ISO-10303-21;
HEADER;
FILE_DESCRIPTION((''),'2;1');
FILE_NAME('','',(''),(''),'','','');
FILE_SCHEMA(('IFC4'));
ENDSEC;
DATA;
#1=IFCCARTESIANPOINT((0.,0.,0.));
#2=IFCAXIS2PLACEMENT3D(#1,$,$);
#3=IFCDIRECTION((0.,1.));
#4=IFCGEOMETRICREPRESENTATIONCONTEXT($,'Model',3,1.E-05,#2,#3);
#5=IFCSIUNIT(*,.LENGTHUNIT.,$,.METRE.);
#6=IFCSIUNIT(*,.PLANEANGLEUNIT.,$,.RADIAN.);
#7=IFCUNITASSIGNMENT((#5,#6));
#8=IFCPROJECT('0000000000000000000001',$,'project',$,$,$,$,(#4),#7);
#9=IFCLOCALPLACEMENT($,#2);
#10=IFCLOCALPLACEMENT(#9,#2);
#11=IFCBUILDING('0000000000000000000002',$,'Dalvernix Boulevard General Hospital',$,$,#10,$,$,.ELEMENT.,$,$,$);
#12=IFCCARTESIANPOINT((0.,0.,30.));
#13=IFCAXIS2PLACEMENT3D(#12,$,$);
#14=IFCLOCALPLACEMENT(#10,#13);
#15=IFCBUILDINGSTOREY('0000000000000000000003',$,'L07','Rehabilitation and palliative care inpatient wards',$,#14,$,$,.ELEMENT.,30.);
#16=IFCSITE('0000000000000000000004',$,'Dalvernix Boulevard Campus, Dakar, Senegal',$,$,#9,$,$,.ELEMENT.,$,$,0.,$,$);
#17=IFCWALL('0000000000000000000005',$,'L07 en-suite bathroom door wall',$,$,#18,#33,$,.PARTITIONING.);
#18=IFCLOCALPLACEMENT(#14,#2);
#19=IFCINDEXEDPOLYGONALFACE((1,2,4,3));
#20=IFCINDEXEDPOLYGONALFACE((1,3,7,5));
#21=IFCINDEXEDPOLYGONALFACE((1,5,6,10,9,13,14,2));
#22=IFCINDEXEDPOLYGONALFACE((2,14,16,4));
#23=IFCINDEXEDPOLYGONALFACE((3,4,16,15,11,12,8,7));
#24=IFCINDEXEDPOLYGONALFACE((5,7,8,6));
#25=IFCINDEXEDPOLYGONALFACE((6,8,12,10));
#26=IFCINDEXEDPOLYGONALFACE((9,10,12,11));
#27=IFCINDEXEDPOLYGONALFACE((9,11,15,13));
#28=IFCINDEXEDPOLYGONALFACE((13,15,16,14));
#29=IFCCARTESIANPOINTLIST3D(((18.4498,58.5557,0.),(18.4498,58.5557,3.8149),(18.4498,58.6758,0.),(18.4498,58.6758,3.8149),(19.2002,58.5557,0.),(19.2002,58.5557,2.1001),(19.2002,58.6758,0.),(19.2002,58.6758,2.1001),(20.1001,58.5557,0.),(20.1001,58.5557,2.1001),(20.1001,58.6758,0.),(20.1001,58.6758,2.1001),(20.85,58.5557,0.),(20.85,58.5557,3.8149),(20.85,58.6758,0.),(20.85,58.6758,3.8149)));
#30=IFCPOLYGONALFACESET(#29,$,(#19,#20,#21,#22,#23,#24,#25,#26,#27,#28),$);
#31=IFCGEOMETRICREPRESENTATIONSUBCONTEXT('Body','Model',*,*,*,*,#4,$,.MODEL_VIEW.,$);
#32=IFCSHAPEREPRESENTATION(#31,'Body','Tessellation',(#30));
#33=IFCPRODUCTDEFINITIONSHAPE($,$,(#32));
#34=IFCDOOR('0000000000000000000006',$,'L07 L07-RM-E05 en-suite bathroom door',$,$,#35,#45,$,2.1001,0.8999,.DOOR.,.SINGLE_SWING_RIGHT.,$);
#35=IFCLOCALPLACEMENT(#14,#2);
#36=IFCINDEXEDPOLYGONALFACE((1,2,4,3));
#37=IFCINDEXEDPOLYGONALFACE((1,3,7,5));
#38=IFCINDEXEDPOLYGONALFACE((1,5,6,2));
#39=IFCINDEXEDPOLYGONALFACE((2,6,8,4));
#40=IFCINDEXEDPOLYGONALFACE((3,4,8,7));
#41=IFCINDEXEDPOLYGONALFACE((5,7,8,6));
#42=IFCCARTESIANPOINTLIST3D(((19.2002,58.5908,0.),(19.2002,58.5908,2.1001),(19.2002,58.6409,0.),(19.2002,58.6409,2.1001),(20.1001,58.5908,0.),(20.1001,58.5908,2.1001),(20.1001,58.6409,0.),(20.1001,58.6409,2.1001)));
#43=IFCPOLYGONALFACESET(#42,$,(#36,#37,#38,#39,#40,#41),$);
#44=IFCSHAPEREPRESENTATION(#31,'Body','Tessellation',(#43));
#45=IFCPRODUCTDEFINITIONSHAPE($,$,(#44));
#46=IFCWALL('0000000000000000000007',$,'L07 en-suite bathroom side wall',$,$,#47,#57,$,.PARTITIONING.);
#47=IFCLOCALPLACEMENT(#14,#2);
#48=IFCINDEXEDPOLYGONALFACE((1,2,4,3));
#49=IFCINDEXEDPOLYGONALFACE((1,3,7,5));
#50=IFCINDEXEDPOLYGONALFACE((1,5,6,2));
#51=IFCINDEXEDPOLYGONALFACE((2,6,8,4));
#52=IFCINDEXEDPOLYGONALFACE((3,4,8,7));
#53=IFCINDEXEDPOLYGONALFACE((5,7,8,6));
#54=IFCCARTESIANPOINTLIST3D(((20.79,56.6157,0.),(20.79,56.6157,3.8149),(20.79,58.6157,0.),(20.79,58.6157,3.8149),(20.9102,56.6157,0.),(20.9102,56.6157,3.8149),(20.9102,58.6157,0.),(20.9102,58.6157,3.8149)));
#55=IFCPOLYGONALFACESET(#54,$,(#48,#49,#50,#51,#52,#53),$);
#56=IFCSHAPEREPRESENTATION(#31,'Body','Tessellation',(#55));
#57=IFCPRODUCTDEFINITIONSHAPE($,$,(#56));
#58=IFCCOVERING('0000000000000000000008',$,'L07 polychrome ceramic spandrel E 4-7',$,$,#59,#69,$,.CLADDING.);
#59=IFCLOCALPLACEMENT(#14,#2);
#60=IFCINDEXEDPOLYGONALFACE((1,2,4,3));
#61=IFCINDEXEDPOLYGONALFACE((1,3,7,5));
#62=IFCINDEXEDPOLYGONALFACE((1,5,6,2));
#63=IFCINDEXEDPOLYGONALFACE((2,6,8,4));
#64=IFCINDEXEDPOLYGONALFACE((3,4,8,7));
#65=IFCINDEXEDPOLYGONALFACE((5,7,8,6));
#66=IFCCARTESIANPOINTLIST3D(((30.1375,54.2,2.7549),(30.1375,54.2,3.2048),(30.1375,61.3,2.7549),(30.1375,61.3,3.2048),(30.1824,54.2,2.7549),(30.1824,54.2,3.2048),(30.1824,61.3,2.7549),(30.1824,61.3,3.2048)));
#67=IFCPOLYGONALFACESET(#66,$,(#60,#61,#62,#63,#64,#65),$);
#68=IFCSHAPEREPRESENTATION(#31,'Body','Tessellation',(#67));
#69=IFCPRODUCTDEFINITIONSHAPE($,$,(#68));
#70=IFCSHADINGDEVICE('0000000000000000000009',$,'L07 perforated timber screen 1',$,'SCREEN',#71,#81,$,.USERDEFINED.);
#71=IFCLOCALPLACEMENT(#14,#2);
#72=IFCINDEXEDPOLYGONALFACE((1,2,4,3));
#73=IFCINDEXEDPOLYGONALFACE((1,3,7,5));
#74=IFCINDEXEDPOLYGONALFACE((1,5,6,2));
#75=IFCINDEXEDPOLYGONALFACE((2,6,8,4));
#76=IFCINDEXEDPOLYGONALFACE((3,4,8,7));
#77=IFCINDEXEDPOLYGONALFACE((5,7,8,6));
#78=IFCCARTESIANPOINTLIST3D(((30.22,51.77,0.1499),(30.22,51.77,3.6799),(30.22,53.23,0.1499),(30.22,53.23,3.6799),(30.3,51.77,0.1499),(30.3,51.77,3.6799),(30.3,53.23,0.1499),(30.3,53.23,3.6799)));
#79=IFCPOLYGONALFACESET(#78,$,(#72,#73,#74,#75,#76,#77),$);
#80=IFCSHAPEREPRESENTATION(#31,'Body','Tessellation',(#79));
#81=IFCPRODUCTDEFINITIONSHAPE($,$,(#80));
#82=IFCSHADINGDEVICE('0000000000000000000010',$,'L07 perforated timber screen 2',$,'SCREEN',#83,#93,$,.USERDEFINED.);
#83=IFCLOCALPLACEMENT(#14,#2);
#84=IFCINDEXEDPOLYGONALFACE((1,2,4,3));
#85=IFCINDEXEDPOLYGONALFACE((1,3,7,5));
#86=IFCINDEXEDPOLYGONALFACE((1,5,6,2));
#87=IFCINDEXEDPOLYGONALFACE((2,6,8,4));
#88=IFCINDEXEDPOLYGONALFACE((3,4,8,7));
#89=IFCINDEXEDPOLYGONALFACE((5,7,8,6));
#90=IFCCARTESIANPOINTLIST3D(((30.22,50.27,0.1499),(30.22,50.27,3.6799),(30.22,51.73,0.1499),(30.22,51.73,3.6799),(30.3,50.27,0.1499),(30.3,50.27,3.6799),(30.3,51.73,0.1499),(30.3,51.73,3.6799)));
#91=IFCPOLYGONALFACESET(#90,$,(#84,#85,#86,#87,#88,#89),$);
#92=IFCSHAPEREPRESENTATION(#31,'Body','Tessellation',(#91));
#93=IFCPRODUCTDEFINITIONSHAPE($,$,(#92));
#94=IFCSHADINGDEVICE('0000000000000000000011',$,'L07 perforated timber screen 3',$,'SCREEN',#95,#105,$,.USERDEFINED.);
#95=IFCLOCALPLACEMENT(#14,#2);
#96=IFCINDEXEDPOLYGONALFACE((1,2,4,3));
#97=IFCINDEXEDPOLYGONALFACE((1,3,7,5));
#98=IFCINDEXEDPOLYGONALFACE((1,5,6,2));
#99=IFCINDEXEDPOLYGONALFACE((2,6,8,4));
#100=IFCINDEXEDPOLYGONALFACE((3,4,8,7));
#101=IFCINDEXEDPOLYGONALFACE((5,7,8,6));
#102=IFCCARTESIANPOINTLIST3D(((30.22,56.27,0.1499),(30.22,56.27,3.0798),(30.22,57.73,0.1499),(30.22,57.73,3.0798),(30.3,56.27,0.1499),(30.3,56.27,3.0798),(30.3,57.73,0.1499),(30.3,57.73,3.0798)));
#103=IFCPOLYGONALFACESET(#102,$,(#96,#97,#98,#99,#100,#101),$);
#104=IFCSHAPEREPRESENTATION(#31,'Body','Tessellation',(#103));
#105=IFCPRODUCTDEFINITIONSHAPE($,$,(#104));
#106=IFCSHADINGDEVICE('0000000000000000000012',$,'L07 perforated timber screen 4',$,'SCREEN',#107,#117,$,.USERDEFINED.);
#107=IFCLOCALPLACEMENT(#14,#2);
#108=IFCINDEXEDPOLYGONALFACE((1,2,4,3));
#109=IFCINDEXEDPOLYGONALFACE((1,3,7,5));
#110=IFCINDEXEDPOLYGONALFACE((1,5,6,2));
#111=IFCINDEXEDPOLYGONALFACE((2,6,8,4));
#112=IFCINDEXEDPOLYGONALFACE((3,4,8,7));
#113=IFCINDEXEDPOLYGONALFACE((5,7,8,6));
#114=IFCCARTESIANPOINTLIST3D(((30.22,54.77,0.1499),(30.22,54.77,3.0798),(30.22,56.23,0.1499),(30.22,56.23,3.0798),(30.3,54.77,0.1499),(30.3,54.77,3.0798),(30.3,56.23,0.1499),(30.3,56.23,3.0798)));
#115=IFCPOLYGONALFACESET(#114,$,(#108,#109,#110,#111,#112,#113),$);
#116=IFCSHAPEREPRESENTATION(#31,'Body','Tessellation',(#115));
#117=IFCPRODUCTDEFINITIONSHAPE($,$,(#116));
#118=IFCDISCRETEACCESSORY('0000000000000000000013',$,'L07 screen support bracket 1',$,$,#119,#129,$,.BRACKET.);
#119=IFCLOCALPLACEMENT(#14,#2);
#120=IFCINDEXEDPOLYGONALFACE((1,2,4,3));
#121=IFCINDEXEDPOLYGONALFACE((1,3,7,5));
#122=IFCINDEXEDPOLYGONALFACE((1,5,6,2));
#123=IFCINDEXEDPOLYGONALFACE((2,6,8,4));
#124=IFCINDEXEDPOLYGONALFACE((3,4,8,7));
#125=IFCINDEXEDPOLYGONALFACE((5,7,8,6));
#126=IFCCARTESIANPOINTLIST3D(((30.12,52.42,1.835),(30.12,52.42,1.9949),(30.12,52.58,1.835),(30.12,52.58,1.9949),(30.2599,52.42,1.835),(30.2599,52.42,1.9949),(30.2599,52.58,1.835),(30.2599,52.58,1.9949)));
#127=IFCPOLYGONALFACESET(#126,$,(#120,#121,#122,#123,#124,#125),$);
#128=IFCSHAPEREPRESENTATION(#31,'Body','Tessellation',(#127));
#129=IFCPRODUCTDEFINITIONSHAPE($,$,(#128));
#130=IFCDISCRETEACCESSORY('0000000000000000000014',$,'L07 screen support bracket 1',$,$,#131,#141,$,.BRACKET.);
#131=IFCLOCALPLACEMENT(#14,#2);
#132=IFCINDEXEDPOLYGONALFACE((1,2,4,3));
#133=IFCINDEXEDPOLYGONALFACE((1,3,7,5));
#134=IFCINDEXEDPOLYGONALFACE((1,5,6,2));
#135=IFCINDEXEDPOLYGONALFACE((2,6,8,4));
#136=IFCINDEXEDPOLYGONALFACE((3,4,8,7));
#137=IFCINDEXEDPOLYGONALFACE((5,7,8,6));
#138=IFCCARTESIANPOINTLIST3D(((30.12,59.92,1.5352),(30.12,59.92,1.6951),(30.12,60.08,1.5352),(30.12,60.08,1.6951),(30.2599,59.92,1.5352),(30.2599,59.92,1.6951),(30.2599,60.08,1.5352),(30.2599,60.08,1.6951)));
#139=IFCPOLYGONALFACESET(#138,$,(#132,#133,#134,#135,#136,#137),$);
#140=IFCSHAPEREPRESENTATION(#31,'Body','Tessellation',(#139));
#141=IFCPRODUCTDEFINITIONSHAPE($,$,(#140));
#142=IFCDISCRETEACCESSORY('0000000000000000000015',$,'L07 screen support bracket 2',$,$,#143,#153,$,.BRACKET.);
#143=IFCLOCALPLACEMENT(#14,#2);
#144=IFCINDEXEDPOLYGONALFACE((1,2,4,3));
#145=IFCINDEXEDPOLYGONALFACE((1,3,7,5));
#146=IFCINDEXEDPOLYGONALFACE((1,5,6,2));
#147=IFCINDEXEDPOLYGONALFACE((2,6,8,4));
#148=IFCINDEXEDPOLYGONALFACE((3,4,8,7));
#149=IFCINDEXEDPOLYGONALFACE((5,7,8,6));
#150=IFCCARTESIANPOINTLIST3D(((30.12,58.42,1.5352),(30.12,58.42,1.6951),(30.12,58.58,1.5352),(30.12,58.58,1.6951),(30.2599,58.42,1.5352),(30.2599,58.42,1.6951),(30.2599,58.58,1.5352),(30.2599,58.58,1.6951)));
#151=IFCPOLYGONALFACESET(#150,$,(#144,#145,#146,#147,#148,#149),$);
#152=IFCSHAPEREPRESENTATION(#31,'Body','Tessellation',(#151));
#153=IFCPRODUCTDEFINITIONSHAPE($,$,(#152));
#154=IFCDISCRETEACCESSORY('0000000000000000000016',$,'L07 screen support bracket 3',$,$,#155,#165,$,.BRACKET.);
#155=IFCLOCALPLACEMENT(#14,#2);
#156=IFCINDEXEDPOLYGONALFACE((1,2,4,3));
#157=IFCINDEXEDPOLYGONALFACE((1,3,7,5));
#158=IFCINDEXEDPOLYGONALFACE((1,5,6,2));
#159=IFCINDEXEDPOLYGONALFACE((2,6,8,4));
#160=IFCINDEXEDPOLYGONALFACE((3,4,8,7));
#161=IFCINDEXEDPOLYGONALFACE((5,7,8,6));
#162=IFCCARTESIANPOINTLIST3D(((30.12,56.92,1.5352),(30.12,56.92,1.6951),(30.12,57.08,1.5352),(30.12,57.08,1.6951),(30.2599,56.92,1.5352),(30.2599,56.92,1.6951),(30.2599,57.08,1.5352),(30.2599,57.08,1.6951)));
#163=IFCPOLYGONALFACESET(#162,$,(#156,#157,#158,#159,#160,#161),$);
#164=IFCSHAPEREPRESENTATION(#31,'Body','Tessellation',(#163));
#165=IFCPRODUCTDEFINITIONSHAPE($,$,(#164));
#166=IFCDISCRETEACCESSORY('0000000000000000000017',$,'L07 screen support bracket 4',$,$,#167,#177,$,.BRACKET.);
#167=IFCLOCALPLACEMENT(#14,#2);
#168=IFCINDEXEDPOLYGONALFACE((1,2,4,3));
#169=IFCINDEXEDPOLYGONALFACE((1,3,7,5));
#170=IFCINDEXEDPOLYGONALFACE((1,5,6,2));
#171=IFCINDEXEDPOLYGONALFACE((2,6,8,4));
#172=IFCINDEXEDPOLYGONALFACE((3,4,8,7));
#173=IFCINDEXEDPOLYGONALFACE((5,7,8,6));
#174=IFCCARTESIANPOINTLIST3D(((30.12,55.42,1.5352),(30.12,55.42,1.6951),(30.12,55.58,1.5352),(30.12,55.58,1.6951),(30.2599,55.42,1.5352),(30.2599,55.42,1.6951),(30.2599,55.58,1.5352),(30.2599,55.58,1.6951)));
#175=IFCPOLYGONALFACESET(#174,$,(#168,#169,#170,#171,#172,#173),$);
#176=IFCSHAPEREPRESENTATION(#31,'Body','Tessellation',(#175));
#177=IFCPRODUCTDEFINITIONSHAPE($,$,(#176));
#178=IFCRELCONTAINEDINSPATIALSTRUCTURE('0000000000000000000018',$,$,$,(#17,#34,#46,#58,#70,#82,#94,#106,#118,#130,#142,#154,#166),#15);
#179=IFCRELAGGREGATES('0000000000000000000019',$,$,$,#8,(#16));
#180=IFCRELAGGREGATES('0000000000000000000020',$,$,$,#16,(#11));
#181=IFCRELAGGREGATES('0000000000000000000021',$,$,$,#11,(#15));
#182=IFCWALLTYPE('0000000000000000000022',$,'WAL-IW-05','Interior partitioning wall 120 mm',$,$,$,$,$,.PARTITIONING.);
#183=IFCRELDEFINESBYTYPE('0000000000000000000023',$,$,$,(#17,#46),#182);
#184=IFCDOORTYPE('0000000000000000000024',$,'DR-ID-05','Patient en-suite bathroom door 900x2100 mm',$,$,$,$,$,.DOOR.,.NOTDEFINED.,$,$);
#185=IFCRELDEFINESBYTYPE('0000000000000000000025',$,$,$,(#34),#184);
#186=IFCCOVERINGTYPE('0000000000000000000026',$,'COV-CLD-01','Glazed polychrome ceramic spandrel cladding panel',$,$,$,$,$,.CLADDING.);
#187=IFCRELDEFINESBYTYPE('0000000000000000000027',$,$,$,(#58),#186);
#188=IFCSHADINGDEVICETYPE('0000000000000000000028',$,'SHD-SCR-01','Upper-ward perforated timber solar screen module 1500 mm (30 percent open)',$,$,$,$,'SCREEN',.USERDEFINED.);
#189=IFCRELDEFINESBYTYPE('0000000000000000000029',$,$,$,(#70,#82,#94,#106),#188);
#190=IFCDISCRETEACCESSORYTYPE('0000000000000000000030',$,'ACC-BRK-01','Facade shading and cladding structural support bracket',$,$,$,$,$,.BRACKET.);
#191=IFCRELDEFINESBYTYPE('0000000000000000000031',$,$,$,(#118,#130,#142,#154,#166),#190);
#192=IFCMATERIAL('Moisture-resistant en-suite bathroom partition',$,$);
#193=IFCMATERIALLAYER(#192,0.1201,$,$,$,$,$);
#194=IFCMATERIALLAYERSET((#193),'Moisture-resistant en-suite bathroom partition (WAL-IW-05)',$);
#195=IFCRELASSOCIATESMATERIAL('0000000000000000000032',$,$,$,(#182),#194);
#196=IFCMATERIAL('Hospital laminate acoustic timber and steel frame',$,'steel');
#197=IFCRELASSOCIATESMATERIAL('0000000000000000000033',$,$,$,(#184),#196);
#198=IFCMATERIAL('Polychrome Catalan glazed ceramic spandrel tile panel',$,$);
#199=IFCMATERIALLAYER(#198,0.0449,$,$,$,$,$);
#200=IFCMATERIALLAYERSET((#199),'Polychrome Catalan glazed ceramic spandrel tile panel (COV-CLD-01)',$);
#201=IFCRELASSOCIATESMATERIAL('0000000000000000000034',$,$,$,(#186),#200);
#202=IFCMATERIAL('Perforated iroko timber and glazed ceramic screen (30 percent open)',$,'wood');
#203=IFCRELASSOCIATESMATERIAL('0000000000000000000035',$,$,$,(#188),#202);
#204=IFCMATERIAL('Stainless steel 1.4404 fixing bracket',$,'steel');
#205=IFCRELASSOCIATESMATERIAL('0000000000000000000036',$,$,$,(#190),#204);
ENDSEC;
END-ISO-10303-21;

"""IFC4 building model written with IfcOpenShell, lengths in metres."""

from ifc_helpers import new_model, si_unit, direction, frame, frame_2d, origin, origin_2d, place, context, subcontext, project, spatial, rectangle, extrude, material, layer, layer_set, type_object, element, fill, save


model = new_model("IFC4")

# Units and contexts
model_context = context("Model", 3, precision=1e-05, world=origin(), true_north=direction((0.0, 1.0)))
body_context = subcontext(model_context, "Body", "Model", "MODEL_VIEW")
ifc_project = project(units=[si_unit("LENGTHUNIT", "METRE"), si_unit("PLANEANGLEUNIT", "RADIAN")], contexts=[model_context])

# Site, building, storey
site_placement = place(None, origin())
site = spatial("IfcSite", under=ifc_project, at=site_placement, Name="Dalvernix Boulevard Campus, Dakar, Senegal", CompositionType="ELEMENT", RefElevation=0.0)
building_placement = place(site_placement, origin())
building = spatial("IfcBuilding", under=site, at=building_placement, Name="Dalvernix Boulevard General Hospital", CompositionType="ELEMENT")
storey_placement = place(building_placement, frame((0.0, 0.0, 30.0)))
storey = spatial("IfcBuildingStorey", under=building, at=storey_placement, Name="L07", Description="Rehabilitation and palliative care inpatient wards", CompositionType="ELEMENT", Elevation=30.0)

# Shared definitions
ifc_material_1 = material(Name="Hospital laminate acoustic timber and steel frame", Category="steel")

# Wall, opening, door
ifc_material_2 = material(Name="Moisture-resistant en-suite bathroom partition")
ifc_layer_1 = layer(ifc_material_2, 0.1201)
ifc_layer_set_1 = layer_set([ifc_layer_1], Name="Moisture-resistant en-suite bathroom partition (WAL-IW-05)")
wall_type_1 = type_object("IfcWallType", Name="WAL-IW-05", Description="Interior partitioning wall 120 mm", PredefinedType="PARTITIONING", material=ifc_layer_set_1)
wall_1_placement = place(storey_placement, frame((20.8501, 58.6157, 0.0), z_axis=(0.0, 0.0, 1.0), x_axis=(-1.0, 0.0, 0.0)))
wall_1 = element("IfcWall", 1, at=wall_1_placement, inside=storey, type_object=wall_type_1, Name="L07 en-suite bathroom door wall", PredefinedType="PARTITIONING", context=body_context, shape_type="SweptSolid", body=[
    extrude(rectangle(XDim=2.4001, YDim=0.1201, at=frame_2d((1.2002, 0.0))), origin(), (0.0, 0.0, 1.0), 3.8149),
])
opening_1_placement = place(wall_1_placement, frame((0.75, 0.0, 0.0)))
opening_1 = element("IfcOpeningElement", 2, at=opening_1_placement, cuts=wall_1, PredefinedType="OPENING", context=body_context, shape_type="SweptSolid", body=[
    extrude(rectangle(XDim=0.8999, YDim=2.1001, at=frame_2d((0.45, 1.05))), frame((0.0, 0.0701, 0.0), z_axis=(0.0, -1.0, 0.0), x_axis=(1.0, 0.0, 0.0)), (0.0, 0.0, 1.0), 0.1401),
])
door_type_1 = type_object("IfcDoorType", Name="DR-ID-05", Description="Patient en-suite bathroom door 900x2100 mm", OperationType="NOTDEFINED", PredefinedType="DOOR", material=ifc_material_1)
door_1_placement = place(opening_1_placement, origin())
door_1 = element("IfcDoor", 3, at=door_1_placement, inside=storey, type_object=door_type_1, Name="L07 L07-RM-E05 en-suite bathroom door", OperationType="SINGLE_SWING_RIGHT", OverallHeight=2.1001, OverallWidth=0.8999, PredefinedType="DOOR", context=body_context, shape_type="SweptSolid", body=[
    extrude(rectangle(XDim=0.8999, YDim=2.1001, at=frame_2d((0.45, 1.05))), frame((0.0, 0.0249, 0.0), z_axis=(0.0, -1.0, 0.0), x_axis=(1.0, 0.0, 0.0)), (0.0, 0.0, 1.0), 0.05),
])
fill(opening_1, door_1)

# Wall
wall_2_placement = place(storey_placement, frame((20.8501, 56.6157, 0.0), z_axis=(0.0, 0.0, 1.0), x_axis=(0.0, 1.0, 0.0)))
element("IfcWall", 4, at=wall_2_placement, inside=storey, type_object=wall_type_1, Name="L07 en-suite bathroom side wall", PredefinedType="PARTITIONING", context=body_context, shape_type="SweptSolid", body=[
    extrude(rectangle(XDim=2.0, YDim=0.1201, at=frame_2d((1.0, 0.0))), origin(), (0.0, 0.0, 1.0), 3.8149),
])

# Covering
ifc_material_3 = material(Name="Polychrome Catalan glazed ceramic spandrel tile panel")
ifc_layer_2 = layer(ifc_material_3, 0.0449)
ifc_layer_set_2 = layer_set([ifc_layer_2], Name="Polychrome Catalan glazed ceramic spandrel tile panel (COV-CLD-01)")
covering_type = type_object("IfcCoveringType", Name="COV-CLD-01", Description="Glazed polychrome ceramic spandrel cladding panel", PredefinedType="CLADDING", material=ifc_layer_set_2)
covering_placement = place(storey_placement, frame((30.1599, 57.75, 2.7549), z_axis=(0.0, 0.0, 1.0), x_axis=(0.0, -1.0, 0.0)))
element("IfcCovering", 5, at=covering_placement, inside=storey, type_object=covering_type, Name="L07 polychrome ceramic spandrel E 4-7", PredefinedType="CLADDING", context=body_context, shape_type="SweptSolid", body=[
    extrude(rectangle(XDim=7.1001, YDim=0.0449, at=origin_2d()), origin(), (0.0, 0.0, 1.0), 0.45),
])

# Shading devices
ifc_material_4 = material(Name="Perforated iroko timber and glazed ceramic screen (30 percent open)", Category="wood")
shading_device_type = type_object("IfcShadingDeviceType", Name="SHD-SCR-01", Description="Upper-ward perforated timber solar screen module 1500 mm (30 percent open)", ElementType="SCREEN", PredefinedType="USERDEFINED", material=ifc_material_4)
for number, where, z_axis, x_axis, name in (
    (6, (30.26, 52.5, 0.1499), (0.0, 0.0, 1.0), (0.0, -1.0, 0.0), "L07 perforated timber screen 1"),
    (7, (30.26, 51.0, 0.1499), (0.0, 0.0, 1.0), (0.0, -1.0, 0.0), "L07 perforated timber screen 2"),
):
    element("IfcShadingDevice", number, at=place(storey_placement, frame(where, z_axis=z_axis, x_axis=x_axis)), inside=storey, type_object=shading_device_type, Name=name, ObjectType="SCREEN", PredefinedType="USERDEFINED", context=body_context, shape_type="SweptSolid", body=[
        extrude(rectangle(XDim=1.46, YDim=0.0801, at=origin_2d()), origin(), (0.0, 0.0, 1.0), 3.53),
    ])
for number, where, z_axis, x_axis, name in (
    (8, (30.26, 57.0, 0.1499), (0.0, 0.0, 1.0), (0.0, -1.0, 0.0), "L07 perforated timber screen 3"),
    (9, (30.26, 55.5, 0.1499), (0.0, 0.0, 1.0), (0.0, -1.0, 0.0), "L07 perforated timber screen 4"),
):
    element("IfcShadingDevice", number, at=place(storey_placement, frame(where, z_axis=z_axis, x_axis=x_axis)), inside=storey, type_object=shading_device_type, Name=name, ObjectType="SCREEN", PredefinedType="USERDEFINED", context=body_context, shape_type="SweptSolid", body=[
        extrude(rectangle(XDim=1.46, YDim=0.0801, at=origin_2d()), origin(), (0.0, 0.0, 1.0), 2.9299),
    ])

# Discrete accessories
ifc_material_5 = material(Name="Stainless steel 1.4404 fixing bracket", Category="steel")
discrete_accessory_type = type_object("IfcDiscreteAccessoryType", Name="ACC-BRK-01", Description="Facade shading and cladding structural support bracket", PredefinedType="BRACKET", material=ifc_material_5)
for number, where, z_axis, x_axis, name in (
    (10, (30.1899, 52.5, 1.835), (0.0, 0.0, 1.0), (0.0, -1.0, 0.0), "L07 screen support bracket 1"),
    (11, (30.1899, 60.0, 1.5352), (0.0, 0.0, 1.0), (0.0, -1.0, 0.0), "L07 screen support bracket 1"),
    (12, (30.1899, 58.5, 1.5352), (0.0, 0.0, 1.0), (0.0, -1.0, 0.0), "L07 screen support bracket 2"),
    (13, (30.1899, 57.0, 1.5352), (0.0, 0.0, 1.0), (0.0, -1.0, 0.0), "L07 screen support bracket 3"),
    (14, (30.1899, 55.5, 1.5352), (0.0, 0.0, 1.0), (0.0, -1.0, 0.0), "L07 screen support bracket 4"),
):
    element("IfcDiscreteAccessory", number, at=place(storey_placement, frame(where, z_axis=z_axis, x_axis=x_axis)), inside=storey, type_object=discrete_accessory_type, Name=name, PredefinedType="BRACKET", context=body_context, shape_type="SweptSolid", body=[
        extrude(rectangle(XDim=0.1599, YDim=0.1399, at=origin_2d()), origin(), (0.0, 0.0, 1.0), 0.1599),
    ])

save(model, "model.ifc")
